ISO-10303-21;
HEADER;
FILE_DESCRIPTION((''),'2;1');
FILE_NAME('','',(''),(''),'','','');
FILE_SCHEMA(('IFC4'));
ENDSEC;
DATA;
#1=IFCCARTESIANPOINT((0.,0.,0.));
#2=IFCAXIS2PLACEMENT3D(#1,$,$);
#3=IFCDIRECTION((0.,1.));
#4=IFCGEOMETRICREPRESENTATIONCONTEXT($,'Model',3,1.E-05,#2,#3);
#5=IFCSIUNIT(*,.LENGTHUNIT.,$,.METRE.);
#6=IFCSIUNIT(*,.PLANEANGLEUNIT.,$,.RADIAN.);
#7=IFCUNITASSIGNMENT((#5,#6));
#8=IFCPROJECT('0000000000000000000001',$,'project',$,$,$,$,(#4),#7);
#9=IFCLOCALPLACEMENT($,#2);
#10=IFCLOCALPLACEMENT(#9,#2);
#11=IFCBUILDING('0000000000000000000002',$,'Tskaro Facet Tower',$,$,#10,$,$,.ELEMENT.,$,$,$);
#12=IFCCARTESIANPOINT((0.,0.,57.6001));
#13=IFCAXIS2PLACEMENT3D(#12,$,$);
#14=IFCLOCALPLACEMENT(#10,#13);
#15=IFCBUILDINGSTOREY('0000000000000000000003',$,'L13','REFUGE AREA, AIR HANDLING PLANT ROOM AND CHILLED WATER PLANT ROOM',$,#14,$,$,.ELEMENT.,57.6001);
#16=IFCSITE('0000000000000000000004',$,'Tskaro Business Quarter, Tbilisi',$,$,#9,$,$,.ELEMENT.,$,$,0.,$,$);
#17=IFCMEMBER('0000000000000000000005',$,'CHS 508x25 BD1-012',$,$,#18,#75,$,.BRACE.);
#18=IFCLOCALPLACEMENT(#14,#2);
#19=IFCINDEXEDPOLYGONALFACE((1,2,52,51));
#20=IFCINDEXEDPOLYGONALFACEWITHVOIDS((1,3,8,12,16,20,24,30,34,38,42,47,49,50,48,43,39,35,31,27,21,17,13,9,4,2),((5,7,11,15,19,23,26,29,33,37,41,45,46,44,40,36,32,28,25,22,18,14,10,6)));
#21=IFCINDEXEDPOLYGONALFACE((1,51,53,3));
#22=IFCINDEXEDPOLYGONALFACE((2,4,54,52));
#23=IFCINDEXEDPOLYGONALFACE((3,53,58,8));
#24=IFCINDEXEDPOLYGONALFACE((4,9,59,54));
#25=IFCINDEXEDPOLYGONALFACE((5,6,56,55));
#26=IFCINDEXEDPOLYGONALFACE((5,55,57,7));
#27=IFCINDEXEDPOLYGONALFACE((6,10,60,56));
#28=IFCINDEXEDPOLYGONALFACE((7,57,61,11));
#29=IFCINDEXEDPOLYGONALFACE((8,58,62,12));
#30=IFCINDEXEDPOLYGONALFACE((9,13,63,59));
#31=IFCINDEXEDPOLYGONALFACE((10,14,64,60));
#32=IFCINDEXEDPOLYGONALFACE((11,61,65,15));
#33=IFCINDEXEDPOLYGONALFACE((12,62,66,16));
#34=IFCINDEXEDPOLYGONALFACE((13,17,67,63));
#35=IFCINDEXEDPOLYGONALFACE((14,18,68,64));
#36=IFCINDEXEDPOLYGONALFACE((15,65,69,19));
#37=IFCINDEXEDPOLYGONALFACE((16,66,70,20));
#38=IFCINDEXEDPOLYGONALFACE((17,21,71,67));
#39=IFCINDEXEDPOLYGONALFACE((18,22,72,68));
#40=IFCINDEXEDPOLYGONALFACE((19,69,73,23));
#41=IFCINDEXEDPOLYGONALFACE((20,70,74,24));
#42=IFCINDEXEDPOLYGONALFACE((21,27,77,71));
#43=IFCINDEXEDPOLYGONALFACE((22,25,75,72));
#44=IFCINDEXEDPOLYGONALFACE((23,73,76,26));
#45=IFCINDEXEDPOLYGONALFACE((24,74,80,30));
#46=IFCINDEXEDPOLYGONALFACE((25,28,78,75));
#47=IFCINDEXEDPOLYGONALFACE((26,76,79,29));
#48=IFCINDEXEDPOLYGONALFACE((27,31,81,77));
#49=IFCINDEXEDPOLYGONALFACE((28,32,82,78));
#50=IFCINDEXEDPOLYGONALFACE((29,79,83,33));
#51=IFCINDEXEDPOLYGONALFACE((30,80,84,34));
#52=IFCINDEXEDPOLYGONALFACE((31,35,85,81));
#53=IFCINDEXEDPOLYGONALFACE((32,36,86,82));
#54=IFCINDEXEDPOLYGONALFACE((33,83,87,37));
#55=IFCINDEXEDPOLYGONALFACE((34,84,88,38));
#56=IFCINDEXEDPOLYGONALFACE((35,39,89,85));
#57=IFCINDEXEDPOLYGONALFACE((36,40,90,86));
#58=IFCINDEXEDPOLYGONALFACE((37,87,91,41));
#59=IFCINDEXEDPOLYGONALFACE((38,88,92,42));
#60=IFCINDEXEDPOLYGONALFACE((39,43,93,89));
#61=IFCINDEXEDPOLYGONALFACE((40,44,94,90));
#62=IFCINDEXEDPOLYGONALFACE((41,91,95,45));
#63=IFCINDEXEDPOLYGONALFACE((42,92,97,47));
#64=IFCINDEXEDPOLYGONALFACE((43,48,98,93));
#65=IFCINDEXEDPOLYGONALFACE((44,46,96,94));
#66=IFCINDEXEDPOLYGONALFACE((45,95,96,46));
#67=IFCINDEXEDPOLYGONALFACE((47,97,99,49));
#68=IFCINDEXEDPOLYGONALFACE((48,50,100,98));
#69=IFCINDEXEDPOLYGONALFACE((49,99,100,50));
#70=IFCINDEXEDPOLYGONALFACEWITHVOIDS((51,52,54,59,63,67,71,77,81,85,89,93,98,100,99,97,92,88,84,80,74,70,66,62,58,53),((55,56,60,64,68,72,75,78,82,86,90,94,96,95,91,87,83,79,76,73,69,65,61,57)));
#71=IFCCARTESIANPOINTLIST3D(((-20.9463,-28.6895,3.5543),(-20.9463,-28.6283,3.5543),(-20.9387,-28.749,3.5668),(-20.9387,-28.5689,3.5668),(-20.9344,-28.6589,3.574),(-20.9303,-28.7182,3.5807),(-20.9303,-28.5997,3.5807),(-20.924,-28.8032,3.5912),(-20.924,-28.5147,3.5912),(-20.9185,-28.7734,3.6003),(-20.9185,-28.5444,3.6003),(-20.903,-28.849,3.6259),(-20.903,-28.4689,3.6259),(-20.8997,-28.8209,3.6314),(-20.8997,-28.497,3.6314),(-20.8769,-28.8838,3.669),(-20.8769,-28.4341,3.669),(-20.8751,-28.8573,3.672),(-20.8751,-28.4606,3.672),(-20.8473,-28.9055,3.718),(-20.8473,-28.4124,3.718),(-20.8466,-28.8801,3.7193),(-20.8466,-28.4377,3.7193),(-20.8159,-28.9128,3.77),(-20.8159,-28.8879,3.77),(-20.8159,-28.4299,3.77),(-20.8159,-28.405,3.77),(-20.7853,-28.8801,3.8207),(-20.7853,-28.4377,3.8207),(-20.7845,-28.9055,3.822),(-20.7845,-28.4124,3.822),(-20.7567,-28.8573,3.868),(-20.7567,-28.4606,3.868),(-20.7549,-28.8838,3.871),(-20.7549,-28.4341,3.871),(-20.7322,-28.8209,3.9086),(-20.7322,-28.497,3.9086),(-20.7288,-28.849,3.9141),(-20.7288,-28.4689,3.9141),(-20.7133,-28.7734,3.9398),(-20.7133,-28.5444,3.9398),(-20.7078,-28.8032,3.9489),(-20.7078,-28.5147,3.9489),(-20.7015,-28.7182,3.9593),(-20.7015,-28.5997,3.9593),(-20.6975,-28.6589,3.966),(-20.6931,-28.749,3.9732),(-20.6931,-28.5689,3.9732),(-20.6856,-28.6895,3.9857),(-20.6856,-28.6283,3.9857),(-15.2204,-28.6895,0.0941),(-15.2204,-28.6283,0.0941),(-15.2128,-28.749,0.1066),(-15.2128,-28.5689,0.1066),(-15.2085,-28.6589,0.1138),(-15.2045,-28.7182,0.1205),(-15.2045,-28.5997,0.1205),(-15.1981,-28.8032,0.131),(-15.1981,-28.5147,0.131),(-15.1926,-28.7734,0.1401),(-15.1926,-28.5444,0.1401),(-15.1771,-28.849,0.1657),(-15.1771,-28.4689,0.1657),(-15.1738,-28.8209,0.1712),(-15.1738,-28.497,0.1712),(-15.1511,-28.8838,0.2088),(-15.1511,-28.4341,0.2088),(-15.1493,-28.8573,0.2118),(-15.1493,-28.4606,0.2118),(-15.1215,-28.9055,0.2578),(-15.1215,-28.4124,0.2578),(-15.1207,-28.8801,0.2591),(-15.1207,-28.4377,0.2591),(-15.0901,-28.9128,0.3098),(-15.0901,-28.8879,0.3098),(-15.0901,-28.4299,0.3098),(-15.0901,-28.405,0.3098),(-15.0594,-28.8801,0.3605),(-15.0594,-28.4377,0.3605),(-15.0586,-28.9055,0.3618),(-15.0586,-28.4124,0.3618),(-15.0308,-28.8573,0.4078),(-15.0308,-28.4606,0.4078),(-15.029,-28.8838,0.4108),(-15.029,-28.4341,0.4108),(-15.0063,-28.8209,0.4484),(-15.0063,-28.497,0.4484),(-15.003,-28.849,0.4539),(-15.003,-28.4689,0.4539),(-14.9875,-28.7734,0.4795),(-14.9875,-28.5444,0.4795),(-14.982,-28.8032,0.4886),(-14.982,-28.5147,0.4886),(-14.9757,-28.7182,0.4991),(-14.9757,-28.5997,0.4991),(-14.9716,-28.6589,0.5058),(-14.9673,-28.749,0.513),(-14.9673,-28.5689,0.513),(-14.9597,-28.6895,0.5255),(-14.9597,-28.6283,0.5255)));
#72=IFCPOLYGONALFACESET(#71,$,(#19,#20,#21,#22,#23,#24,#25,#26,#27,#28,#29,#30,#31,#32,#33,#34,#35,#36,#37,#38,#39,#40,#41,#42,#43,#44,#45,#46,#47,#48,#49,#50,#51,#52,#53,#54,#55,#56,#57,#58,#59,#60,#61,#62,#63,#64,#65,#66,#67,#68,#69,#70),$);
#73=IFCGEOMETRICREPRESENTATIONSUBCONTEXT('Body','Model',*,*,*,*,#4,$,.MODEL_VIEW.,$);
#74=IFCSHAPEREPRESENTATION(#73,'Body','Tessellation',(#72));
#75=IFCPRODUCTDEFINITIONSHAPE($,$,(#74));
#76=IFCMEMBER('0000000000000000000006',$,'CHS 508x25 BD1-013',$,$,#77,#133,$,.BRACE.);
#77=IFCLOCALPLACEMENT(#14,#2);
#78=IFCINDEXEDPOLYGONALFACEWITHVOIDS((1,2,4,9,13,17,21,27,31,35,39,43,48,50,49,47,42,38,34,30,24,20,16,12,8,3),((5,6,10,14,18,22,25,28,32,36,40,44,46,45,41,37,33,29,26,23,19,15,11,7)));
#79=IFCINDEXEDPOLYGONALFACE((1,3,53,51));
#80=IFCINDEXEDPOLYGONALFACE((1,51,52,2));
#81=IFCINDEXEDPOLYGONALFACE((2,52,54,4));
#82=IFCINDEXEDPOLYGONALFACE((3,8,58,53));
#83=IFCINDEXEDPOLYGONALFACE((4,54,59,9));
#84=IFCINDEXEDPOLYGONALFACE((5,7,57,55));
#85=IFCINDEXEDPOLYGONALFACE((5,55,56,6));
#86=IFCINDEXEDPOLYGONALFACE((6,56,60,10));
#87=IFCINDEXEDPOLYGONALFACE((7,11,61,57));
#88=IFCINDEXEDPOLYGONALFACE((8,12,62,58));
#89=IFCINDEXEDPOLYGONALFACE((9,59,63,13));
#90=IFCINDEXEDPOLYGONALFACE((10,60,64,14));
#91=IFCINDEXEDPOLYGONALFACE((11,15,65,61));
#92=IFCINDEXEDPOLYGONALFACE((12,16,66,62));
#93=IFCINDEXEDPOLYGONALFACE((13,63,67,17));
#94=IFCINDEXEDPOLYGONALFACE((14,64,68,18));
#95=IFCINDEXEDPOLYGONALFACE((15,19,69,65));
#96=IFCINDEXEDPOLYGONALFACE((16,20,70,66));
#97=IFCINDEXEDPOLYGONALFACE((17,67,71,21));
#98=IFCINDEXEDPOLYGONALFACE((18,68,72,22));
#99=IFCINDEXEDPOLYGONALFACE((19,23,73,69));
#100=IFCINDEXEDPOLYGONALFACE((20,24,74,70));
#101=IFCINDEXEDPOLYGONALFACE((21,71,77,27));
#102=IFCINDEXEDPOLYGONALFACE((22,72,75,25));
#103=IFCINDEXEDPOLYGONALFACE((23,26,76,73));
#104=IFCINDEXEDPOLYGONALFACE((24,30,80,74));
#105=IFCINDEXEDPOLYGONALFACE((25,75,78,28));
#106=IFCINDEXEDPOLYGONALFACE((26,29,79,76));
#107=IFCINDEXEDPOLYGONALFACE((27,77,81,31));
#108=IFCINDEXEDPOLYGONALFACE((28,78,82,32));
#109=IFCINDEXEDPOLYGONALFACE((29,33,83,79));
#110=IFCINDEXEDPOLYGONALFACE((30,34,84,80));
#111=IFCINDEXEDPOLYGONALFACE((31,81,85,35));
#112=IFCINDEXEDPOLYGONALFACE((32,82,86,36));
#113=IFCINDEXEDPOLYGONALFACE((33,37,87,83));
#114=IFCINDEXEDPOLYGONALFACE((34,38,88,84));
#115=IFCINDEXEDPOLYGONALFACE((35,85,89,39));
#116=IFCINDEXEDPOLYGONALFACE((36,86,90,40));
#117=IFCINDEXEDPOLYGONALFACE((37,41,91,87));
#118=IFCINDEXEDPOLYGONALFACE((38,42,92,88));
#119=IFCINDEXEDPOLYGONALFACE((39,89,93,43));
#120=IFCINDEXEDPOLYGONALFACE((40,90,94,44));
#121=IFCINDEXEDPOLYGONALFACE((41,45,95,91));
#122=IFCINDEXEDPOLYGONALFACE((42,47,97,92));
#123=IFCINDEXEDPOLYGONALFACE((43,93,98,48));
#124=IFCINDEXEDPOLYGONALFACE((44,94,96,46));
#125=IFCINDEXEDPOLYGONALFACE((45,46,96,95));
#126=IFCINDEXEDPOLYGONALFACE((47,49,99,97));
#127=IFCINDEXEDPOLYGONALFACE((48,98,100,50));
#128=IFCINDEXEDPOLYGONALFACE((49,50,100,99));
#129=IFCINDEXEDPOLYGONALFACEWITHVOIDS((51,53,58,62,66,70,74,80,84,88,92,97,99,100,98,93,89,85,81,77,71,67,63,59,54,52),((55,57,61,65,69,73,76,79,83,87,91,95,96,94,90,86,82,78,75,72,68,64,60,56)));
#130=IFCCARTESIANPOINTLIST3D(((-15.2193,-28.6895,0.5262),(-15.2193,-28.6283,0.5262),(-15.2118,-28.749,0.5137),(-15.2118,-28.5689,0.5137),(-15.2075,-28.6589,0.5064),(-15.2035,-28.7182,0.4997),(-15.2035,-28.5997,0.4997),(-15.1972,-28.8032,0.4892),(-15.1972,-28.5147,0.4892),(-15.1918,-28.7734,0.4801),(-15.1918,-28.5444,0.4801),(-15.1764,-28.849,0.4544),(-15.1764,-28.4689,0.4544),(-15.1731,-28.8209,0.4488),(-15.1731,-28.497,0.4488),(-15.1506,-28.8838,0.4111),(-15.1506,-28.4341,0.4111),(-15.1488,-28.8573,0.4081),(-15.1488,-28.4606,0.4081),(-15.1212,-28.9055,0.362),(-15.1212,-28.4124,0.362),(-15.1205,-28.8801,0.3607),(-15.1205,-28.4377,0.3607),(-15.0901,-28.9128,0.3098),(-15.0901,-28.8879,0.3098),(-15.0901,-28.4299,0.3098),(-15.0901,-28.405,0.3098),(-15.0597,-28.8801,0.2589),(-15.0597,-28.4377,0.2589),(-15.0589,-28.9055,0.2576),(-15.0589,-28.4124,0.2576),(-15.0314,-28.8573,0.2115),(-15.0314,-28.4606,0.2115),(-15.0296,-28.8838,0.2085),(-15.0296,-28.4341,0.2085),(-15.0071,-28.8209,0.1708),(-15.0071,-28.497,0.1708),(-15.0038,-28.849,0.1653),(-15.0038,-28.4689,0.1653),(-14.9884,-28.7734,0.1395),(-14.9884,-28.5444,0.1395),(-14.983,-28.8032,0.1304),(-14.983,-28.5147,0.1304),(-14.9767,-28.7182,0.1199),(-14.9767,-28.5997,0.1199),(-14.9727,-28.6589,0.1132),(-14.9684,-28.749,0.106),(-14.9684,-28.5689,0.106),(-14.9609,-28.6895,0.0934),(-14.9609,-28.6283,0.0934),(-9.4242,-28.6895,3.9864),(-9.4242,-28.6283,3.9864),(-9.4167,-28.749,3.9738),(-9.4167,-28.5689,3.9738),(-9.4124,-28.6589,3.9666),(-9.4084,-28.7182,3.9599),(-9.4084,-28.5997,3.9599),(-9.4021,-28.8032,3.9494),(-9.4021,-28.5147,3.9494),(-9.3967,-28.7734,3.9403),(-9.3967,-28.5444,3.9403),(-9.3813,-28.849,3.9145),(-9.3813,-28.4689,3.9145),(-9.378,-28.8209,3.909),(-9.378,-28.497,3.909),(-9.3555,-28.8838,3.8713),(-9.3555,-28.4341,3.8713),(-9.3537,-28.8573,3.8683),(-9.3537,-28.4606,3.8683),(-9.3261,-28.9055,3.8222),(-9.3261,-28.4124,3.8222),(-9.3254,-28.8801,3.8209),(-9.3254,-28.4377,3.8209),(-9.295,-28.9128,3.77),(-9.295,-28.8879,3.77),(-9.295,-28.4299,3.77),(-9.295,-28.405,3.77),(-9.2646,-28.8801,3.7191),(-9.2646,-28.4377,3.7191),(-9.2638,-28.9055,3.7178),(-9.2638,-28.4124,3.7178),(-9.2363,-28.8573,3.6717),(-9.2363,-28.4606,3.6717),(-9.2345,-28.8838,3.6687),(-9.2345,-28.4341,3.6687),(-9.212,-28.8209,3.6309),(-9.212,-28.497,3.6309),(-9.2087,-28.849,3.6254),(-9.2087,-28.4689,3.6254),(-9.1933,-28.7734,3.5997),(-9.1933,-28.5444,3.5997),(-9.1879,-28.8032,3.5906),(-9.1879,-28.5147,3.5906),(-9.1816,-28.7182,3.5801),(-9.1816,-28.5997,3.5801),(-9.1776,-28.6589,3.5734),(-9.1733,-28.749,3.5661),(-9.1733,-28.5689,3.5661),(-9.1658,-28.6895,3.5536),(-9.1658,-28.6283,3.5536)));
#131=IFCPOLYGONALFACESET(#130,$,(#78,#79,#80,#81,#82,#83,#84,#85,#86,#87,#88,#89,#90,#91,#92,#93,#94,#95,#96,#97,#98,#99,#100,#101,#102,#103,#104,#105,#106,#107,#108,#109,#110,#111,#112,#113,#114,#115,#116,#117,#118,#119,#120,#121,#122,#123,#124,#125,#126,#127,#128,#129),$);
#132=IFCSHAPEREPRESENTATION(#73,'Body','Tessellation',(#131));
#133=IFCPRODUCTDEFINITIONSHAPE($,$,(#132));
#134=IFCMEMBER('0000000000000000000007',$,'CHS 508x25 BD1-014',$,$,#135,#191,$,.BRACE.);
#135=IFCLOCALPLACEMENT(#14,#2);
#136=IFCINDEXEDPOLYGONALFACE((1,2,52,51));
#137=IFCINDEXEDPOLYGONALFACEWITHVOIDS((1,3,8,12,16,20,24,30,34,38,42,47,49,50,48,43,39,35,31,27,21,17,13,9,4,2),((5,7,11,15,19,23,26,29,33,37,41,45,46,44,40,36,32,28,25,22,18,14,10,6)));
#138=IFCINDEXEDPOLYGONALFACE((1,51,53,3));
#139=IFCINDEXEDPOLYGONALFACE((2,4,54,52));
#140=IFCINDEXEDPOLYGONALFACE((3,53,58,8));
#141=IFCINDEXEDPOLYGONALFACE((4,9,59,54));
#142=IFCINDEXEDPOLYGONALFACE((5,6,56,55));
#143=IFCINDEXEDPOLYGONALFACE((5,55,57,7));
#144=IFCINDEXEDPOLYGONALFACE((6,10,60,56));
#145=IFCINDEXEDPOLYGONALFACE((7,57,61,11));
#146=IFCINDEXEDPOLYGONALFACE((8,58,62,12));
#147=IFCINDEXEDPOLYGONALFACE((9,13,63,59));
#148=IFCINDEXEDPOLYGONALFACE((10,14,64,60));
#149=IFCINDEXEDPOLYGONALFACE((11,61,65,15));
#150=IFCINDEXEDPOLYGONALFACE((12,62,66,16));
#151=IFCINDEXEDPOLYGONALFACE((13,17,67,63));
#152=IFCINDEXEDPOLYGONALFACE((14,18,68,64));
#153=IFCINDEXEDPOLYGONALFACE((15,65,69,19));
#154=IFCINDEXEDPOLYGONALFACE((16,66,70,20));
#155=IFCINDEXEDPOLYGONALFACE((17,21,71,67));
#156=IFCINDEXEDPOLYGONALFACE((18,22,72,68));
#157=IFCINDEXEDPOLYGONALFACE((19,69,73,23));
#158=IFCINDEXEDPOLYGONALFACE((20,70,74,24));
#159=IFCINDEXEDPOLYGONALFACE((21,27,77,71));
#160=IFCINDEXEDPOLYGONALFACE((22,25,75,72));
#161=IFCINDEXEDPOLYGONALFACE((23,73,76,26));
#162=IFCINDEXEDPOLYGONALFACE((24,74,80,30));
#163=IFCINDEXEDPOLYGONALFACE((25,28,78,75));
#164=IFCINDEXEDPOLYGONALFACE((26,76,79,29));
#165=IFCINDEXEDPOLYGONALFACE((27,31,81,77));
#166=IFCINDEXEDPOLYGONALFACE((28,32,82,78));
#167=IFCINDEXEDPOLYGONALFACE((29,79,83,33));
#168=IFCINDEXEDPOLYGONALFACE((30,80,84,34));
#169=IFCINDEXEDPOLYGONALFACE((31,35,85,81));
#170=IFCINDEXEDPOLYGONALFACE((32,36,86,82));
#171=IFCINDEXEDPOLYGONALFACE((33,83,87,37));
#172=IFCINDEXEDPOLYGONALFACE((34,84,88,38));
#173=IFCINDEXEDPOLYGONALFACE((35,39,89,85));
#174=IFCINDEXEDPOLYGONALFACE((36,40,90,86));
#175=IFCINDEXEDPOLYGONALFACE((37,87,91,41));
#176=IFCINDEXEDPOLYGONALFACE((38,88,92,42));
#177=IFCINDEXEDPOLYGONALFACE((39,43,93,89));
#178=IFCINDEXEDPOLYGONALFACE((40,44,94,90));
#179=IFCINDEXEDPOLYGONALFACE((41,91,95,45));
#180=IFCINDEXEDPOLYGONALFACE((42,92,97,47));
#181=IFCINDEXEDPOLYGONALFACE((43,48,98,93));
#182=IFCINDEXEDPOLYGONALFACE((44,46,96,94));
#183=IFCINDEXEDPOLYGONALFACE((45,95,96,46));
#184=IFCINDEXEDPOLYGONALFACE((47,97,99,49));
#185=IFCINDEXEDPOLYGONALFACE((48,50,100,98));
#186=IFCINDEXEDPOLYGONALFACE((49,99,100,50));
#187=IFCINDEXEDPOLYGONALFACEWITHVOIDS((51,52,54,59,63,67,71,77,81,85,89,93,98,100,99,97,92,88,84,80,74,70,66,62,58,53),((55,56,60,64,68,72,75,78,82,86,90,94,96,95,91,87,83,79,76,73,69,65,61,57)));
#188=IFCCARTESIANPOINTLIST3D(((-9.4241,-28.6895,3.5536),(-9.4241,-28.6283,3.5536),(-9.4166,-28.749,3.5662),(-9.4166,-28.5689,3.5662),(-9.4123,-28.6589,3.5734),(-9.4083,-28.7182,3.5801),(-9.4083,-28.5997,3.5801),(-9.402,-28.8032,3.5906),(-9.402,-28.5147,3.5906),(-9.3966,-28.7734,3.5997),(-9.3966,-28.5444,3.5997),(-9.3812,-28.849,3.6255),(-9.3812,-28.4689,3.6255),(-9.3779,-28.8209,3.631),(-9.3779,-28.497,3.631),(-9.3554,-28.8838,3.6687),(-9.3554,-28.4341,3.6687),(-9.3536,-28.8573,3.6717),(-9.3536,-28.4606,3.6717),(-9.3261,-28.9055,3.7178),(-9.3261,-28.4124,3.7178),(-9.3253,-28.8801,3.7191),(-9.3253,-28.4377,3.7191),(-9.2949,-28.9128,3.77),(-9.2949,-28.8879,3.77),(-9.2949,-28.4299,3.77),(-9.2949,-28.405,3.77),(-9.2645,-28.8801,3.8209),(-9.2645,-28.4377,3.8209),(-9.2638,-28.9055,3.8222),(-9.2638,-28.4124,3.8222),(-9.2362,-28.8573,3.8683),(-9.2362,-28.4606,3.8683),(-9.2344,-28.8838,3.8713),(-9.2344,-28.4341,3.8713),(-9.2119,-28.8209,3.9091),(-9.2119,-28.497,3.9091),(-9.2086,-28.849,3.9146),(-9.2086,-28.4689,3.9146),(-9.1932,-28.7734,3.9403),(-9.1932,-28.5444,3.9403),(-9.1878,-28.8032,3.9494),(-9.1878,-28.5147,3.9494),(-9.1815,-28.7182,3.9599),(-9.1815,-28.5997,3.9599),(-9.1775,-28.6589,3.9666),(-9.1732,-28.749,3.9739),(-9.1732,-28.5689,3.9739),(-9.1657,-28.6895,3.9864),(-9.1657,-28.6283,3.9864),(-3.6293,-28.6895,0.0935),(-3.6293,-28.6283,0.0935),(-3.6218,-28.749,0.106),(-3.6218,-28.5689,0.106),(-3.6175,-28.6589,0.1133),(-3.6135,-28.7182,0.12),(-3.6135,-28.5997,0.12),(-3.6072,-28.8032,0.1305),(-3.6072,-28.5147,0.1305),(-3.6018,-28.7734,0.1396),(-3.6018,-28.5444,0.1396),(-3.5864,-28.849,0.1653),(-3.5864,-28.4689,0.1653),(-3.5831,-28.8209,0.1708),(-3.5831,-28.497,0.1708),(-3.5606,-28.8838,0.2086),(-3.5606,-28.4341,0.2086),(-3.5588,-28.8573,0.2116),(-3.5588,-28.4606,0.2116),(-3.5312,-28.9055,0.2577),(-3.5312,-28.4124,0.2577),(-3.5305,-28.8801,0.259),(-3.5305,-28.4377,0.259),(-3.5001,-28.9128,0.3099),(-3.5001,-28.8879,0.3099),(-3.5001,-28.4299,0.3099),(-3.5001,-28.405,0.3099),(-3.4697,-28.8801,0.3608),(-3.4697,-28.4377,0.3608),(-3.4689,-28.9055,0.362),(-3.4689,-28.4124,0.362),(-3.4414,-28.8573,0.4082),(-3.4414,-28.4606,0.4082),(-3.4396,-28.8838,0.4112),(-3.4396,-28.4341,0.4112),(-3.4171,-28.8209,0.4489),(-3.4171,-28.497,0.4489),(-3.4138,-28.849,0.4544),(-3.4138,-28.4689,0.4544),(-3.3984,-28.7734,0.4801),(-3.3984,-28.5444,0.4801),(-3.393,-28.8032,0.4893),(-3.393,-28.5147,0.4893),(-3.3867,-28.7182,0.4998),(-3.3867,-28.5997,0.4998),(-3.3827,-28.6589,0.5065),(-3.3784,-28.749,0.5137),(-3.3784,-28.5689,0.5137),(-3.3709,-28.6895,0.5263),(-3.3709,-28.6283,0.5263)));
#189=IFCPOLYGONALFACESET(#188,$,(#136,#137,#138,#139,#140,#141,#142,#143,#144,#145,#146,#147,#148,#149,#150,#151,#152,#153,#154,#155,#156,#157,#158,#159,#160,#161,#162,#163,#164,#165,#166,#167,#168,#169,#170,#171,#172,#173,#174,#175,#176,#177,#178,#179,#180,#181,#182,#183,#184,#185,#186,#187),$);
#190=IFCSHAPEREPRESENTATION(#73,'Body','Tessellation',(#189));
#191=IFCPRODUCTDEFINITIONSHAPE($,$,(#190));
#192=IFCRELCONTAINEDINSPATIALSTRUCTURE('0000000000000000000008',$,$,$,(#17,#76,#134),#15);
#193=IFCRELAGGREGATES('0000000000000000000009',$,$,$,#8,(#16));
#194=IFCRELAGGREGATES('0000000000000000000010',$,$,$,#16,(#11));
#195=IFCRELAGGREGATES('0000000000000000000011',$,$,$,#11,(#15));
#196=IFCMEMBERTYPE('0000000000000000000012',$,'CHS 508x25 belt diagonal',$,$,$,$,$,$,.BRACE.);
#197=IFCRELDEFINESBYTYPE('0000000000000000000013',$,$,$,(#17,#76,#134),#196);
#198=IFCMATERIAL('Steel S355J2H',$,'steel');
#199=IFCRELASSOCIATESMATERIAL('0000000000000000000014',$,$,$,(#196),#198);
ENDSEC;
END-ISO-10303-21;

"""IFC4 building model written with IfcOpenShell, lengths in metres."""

from ifc_helpers import new_model, si_unit, direction, frame, origin, origin_2d, place, context, subcontext, project, spatial, hollow_circle, extrude, material, material_profile, profile_set, type_object, element, save


model = new_model("IFC4")

# Units and contexts
model_context = context("Model", 3, precision=1e-05, world=origin(), true_north=direction((0.0, 1.0)))
body_context = subcontext(model_context, "Body", "Model", "MODEL_VIEW")
ifc_project = project(units=[si_unit("LENGTHUNIT", "METRE"), si_unit("PLANEANGLEUNIT", "RADIAN")], contexts=[model_context])

# Site, building, storey
site_placement = place(None, origin())
site = spatial("IfcSite", under=ifc_project, at=site_placement, Name="Tskaro Business Quarter, Tbilisi", CompositionType="ELEMENT", RefElevation=0.0)
building_placement = place(site_placement, origin())
building = spatial("IfcBuilding", under=site, at=building_placement, Name="Tskaro Facet Tower", CompositionType="ELEMENT")
storey_placement = place(building_placement, frame((0.0, 0.0, 57.6001)))
storey = spatial("IfcBuildingStorey", under=building, at=storey_placement, Name="L13", Description="REFUGE AREA, AIR HANDLING PLANT ROOM AND CHILLED WATER PLANT ROOM", CompositionType="ELEMENT", Elevation=57.6001)

# Shared definitions
ifc_material_1 = material(Name="Steel S355J2H", Category="steel")

# Members
ifc_material_profile_1 = material_profile(ifc_material_1, hollow_circle(Radius=0.2539, WallThickness=0.0249, at=origin_2d()), Name="CHS 508x25")
ifc_profile_set_1 = profile_set([ifc_material_profile_1], Name="Steel S355J2H")
member_type_1 = type_object("IfcMemberType", Name="CHS 508x25 belt diagonal", PredefinedType="BRACE", material=ifc_profile_set_1)
member_1_placement = place(storey_placement, frame((-20.8159, -28.6589, 3.77), z_axis=(0.855859, 0.0, -0.517209), x_axis=(0.0, 1.0, 0.0)))
element("IfcMember", 1, at=member_1_placement, inside=storey, type_object=member_type_1, Name="CHS 508x25 BD1-012", PredefinedType="BRACE", context=body_context, shape_type="SweptSolid", body=[
    extrude(hollow_circle(Radius=0.2539, WallThickness=0.0249, at=origin_2d()), origin(), (0.0, 0.0, 1.0), 6.6902),
])
member_2_placement = place(storey_placement, frame((-15.0901, -28.6589, 0.3098), z_axis=(0.858595, 0.0, 0.512654), x_axis=(0.0, 1.0, 0.0)))
element("IfcMember", 2, at=member_2_placement, inside=storey, type_object=member_type_1, Name="CHS 508x25 BD1-013", PredefinedType="BRACE", context=body_context, shape_type="SweptSolid", body=[
    extrude(hollow_circle(Radius=0.2539, WallThickness=0.0249, at=origin_2d()), origin(), (0.0, 0.0, 1.0), 6.7495),
])
member_3_placement = place(storey_placement, frame((-9.2949, -28.6589, 3.77), z_axis=(0.858586, 0.0, -0.51267), x_axis=(0.0, 1.0, 0.0)))
element("IfcMember", 3, at=member_3_placement, inside=storey, type_object=member_type_1, Name="CHS 508x25 BD1-014", PredefinedType="BRACE", context=body_context, shape_type="SweptSolid", body=[
    extrude(hollow_circle(Radius=0.2539, WallThickness=0.0249, at=origin_2d()), origin(), (0.0, 0.0, 1.0), 6.7493),
])

save(model, "model.ifc")
